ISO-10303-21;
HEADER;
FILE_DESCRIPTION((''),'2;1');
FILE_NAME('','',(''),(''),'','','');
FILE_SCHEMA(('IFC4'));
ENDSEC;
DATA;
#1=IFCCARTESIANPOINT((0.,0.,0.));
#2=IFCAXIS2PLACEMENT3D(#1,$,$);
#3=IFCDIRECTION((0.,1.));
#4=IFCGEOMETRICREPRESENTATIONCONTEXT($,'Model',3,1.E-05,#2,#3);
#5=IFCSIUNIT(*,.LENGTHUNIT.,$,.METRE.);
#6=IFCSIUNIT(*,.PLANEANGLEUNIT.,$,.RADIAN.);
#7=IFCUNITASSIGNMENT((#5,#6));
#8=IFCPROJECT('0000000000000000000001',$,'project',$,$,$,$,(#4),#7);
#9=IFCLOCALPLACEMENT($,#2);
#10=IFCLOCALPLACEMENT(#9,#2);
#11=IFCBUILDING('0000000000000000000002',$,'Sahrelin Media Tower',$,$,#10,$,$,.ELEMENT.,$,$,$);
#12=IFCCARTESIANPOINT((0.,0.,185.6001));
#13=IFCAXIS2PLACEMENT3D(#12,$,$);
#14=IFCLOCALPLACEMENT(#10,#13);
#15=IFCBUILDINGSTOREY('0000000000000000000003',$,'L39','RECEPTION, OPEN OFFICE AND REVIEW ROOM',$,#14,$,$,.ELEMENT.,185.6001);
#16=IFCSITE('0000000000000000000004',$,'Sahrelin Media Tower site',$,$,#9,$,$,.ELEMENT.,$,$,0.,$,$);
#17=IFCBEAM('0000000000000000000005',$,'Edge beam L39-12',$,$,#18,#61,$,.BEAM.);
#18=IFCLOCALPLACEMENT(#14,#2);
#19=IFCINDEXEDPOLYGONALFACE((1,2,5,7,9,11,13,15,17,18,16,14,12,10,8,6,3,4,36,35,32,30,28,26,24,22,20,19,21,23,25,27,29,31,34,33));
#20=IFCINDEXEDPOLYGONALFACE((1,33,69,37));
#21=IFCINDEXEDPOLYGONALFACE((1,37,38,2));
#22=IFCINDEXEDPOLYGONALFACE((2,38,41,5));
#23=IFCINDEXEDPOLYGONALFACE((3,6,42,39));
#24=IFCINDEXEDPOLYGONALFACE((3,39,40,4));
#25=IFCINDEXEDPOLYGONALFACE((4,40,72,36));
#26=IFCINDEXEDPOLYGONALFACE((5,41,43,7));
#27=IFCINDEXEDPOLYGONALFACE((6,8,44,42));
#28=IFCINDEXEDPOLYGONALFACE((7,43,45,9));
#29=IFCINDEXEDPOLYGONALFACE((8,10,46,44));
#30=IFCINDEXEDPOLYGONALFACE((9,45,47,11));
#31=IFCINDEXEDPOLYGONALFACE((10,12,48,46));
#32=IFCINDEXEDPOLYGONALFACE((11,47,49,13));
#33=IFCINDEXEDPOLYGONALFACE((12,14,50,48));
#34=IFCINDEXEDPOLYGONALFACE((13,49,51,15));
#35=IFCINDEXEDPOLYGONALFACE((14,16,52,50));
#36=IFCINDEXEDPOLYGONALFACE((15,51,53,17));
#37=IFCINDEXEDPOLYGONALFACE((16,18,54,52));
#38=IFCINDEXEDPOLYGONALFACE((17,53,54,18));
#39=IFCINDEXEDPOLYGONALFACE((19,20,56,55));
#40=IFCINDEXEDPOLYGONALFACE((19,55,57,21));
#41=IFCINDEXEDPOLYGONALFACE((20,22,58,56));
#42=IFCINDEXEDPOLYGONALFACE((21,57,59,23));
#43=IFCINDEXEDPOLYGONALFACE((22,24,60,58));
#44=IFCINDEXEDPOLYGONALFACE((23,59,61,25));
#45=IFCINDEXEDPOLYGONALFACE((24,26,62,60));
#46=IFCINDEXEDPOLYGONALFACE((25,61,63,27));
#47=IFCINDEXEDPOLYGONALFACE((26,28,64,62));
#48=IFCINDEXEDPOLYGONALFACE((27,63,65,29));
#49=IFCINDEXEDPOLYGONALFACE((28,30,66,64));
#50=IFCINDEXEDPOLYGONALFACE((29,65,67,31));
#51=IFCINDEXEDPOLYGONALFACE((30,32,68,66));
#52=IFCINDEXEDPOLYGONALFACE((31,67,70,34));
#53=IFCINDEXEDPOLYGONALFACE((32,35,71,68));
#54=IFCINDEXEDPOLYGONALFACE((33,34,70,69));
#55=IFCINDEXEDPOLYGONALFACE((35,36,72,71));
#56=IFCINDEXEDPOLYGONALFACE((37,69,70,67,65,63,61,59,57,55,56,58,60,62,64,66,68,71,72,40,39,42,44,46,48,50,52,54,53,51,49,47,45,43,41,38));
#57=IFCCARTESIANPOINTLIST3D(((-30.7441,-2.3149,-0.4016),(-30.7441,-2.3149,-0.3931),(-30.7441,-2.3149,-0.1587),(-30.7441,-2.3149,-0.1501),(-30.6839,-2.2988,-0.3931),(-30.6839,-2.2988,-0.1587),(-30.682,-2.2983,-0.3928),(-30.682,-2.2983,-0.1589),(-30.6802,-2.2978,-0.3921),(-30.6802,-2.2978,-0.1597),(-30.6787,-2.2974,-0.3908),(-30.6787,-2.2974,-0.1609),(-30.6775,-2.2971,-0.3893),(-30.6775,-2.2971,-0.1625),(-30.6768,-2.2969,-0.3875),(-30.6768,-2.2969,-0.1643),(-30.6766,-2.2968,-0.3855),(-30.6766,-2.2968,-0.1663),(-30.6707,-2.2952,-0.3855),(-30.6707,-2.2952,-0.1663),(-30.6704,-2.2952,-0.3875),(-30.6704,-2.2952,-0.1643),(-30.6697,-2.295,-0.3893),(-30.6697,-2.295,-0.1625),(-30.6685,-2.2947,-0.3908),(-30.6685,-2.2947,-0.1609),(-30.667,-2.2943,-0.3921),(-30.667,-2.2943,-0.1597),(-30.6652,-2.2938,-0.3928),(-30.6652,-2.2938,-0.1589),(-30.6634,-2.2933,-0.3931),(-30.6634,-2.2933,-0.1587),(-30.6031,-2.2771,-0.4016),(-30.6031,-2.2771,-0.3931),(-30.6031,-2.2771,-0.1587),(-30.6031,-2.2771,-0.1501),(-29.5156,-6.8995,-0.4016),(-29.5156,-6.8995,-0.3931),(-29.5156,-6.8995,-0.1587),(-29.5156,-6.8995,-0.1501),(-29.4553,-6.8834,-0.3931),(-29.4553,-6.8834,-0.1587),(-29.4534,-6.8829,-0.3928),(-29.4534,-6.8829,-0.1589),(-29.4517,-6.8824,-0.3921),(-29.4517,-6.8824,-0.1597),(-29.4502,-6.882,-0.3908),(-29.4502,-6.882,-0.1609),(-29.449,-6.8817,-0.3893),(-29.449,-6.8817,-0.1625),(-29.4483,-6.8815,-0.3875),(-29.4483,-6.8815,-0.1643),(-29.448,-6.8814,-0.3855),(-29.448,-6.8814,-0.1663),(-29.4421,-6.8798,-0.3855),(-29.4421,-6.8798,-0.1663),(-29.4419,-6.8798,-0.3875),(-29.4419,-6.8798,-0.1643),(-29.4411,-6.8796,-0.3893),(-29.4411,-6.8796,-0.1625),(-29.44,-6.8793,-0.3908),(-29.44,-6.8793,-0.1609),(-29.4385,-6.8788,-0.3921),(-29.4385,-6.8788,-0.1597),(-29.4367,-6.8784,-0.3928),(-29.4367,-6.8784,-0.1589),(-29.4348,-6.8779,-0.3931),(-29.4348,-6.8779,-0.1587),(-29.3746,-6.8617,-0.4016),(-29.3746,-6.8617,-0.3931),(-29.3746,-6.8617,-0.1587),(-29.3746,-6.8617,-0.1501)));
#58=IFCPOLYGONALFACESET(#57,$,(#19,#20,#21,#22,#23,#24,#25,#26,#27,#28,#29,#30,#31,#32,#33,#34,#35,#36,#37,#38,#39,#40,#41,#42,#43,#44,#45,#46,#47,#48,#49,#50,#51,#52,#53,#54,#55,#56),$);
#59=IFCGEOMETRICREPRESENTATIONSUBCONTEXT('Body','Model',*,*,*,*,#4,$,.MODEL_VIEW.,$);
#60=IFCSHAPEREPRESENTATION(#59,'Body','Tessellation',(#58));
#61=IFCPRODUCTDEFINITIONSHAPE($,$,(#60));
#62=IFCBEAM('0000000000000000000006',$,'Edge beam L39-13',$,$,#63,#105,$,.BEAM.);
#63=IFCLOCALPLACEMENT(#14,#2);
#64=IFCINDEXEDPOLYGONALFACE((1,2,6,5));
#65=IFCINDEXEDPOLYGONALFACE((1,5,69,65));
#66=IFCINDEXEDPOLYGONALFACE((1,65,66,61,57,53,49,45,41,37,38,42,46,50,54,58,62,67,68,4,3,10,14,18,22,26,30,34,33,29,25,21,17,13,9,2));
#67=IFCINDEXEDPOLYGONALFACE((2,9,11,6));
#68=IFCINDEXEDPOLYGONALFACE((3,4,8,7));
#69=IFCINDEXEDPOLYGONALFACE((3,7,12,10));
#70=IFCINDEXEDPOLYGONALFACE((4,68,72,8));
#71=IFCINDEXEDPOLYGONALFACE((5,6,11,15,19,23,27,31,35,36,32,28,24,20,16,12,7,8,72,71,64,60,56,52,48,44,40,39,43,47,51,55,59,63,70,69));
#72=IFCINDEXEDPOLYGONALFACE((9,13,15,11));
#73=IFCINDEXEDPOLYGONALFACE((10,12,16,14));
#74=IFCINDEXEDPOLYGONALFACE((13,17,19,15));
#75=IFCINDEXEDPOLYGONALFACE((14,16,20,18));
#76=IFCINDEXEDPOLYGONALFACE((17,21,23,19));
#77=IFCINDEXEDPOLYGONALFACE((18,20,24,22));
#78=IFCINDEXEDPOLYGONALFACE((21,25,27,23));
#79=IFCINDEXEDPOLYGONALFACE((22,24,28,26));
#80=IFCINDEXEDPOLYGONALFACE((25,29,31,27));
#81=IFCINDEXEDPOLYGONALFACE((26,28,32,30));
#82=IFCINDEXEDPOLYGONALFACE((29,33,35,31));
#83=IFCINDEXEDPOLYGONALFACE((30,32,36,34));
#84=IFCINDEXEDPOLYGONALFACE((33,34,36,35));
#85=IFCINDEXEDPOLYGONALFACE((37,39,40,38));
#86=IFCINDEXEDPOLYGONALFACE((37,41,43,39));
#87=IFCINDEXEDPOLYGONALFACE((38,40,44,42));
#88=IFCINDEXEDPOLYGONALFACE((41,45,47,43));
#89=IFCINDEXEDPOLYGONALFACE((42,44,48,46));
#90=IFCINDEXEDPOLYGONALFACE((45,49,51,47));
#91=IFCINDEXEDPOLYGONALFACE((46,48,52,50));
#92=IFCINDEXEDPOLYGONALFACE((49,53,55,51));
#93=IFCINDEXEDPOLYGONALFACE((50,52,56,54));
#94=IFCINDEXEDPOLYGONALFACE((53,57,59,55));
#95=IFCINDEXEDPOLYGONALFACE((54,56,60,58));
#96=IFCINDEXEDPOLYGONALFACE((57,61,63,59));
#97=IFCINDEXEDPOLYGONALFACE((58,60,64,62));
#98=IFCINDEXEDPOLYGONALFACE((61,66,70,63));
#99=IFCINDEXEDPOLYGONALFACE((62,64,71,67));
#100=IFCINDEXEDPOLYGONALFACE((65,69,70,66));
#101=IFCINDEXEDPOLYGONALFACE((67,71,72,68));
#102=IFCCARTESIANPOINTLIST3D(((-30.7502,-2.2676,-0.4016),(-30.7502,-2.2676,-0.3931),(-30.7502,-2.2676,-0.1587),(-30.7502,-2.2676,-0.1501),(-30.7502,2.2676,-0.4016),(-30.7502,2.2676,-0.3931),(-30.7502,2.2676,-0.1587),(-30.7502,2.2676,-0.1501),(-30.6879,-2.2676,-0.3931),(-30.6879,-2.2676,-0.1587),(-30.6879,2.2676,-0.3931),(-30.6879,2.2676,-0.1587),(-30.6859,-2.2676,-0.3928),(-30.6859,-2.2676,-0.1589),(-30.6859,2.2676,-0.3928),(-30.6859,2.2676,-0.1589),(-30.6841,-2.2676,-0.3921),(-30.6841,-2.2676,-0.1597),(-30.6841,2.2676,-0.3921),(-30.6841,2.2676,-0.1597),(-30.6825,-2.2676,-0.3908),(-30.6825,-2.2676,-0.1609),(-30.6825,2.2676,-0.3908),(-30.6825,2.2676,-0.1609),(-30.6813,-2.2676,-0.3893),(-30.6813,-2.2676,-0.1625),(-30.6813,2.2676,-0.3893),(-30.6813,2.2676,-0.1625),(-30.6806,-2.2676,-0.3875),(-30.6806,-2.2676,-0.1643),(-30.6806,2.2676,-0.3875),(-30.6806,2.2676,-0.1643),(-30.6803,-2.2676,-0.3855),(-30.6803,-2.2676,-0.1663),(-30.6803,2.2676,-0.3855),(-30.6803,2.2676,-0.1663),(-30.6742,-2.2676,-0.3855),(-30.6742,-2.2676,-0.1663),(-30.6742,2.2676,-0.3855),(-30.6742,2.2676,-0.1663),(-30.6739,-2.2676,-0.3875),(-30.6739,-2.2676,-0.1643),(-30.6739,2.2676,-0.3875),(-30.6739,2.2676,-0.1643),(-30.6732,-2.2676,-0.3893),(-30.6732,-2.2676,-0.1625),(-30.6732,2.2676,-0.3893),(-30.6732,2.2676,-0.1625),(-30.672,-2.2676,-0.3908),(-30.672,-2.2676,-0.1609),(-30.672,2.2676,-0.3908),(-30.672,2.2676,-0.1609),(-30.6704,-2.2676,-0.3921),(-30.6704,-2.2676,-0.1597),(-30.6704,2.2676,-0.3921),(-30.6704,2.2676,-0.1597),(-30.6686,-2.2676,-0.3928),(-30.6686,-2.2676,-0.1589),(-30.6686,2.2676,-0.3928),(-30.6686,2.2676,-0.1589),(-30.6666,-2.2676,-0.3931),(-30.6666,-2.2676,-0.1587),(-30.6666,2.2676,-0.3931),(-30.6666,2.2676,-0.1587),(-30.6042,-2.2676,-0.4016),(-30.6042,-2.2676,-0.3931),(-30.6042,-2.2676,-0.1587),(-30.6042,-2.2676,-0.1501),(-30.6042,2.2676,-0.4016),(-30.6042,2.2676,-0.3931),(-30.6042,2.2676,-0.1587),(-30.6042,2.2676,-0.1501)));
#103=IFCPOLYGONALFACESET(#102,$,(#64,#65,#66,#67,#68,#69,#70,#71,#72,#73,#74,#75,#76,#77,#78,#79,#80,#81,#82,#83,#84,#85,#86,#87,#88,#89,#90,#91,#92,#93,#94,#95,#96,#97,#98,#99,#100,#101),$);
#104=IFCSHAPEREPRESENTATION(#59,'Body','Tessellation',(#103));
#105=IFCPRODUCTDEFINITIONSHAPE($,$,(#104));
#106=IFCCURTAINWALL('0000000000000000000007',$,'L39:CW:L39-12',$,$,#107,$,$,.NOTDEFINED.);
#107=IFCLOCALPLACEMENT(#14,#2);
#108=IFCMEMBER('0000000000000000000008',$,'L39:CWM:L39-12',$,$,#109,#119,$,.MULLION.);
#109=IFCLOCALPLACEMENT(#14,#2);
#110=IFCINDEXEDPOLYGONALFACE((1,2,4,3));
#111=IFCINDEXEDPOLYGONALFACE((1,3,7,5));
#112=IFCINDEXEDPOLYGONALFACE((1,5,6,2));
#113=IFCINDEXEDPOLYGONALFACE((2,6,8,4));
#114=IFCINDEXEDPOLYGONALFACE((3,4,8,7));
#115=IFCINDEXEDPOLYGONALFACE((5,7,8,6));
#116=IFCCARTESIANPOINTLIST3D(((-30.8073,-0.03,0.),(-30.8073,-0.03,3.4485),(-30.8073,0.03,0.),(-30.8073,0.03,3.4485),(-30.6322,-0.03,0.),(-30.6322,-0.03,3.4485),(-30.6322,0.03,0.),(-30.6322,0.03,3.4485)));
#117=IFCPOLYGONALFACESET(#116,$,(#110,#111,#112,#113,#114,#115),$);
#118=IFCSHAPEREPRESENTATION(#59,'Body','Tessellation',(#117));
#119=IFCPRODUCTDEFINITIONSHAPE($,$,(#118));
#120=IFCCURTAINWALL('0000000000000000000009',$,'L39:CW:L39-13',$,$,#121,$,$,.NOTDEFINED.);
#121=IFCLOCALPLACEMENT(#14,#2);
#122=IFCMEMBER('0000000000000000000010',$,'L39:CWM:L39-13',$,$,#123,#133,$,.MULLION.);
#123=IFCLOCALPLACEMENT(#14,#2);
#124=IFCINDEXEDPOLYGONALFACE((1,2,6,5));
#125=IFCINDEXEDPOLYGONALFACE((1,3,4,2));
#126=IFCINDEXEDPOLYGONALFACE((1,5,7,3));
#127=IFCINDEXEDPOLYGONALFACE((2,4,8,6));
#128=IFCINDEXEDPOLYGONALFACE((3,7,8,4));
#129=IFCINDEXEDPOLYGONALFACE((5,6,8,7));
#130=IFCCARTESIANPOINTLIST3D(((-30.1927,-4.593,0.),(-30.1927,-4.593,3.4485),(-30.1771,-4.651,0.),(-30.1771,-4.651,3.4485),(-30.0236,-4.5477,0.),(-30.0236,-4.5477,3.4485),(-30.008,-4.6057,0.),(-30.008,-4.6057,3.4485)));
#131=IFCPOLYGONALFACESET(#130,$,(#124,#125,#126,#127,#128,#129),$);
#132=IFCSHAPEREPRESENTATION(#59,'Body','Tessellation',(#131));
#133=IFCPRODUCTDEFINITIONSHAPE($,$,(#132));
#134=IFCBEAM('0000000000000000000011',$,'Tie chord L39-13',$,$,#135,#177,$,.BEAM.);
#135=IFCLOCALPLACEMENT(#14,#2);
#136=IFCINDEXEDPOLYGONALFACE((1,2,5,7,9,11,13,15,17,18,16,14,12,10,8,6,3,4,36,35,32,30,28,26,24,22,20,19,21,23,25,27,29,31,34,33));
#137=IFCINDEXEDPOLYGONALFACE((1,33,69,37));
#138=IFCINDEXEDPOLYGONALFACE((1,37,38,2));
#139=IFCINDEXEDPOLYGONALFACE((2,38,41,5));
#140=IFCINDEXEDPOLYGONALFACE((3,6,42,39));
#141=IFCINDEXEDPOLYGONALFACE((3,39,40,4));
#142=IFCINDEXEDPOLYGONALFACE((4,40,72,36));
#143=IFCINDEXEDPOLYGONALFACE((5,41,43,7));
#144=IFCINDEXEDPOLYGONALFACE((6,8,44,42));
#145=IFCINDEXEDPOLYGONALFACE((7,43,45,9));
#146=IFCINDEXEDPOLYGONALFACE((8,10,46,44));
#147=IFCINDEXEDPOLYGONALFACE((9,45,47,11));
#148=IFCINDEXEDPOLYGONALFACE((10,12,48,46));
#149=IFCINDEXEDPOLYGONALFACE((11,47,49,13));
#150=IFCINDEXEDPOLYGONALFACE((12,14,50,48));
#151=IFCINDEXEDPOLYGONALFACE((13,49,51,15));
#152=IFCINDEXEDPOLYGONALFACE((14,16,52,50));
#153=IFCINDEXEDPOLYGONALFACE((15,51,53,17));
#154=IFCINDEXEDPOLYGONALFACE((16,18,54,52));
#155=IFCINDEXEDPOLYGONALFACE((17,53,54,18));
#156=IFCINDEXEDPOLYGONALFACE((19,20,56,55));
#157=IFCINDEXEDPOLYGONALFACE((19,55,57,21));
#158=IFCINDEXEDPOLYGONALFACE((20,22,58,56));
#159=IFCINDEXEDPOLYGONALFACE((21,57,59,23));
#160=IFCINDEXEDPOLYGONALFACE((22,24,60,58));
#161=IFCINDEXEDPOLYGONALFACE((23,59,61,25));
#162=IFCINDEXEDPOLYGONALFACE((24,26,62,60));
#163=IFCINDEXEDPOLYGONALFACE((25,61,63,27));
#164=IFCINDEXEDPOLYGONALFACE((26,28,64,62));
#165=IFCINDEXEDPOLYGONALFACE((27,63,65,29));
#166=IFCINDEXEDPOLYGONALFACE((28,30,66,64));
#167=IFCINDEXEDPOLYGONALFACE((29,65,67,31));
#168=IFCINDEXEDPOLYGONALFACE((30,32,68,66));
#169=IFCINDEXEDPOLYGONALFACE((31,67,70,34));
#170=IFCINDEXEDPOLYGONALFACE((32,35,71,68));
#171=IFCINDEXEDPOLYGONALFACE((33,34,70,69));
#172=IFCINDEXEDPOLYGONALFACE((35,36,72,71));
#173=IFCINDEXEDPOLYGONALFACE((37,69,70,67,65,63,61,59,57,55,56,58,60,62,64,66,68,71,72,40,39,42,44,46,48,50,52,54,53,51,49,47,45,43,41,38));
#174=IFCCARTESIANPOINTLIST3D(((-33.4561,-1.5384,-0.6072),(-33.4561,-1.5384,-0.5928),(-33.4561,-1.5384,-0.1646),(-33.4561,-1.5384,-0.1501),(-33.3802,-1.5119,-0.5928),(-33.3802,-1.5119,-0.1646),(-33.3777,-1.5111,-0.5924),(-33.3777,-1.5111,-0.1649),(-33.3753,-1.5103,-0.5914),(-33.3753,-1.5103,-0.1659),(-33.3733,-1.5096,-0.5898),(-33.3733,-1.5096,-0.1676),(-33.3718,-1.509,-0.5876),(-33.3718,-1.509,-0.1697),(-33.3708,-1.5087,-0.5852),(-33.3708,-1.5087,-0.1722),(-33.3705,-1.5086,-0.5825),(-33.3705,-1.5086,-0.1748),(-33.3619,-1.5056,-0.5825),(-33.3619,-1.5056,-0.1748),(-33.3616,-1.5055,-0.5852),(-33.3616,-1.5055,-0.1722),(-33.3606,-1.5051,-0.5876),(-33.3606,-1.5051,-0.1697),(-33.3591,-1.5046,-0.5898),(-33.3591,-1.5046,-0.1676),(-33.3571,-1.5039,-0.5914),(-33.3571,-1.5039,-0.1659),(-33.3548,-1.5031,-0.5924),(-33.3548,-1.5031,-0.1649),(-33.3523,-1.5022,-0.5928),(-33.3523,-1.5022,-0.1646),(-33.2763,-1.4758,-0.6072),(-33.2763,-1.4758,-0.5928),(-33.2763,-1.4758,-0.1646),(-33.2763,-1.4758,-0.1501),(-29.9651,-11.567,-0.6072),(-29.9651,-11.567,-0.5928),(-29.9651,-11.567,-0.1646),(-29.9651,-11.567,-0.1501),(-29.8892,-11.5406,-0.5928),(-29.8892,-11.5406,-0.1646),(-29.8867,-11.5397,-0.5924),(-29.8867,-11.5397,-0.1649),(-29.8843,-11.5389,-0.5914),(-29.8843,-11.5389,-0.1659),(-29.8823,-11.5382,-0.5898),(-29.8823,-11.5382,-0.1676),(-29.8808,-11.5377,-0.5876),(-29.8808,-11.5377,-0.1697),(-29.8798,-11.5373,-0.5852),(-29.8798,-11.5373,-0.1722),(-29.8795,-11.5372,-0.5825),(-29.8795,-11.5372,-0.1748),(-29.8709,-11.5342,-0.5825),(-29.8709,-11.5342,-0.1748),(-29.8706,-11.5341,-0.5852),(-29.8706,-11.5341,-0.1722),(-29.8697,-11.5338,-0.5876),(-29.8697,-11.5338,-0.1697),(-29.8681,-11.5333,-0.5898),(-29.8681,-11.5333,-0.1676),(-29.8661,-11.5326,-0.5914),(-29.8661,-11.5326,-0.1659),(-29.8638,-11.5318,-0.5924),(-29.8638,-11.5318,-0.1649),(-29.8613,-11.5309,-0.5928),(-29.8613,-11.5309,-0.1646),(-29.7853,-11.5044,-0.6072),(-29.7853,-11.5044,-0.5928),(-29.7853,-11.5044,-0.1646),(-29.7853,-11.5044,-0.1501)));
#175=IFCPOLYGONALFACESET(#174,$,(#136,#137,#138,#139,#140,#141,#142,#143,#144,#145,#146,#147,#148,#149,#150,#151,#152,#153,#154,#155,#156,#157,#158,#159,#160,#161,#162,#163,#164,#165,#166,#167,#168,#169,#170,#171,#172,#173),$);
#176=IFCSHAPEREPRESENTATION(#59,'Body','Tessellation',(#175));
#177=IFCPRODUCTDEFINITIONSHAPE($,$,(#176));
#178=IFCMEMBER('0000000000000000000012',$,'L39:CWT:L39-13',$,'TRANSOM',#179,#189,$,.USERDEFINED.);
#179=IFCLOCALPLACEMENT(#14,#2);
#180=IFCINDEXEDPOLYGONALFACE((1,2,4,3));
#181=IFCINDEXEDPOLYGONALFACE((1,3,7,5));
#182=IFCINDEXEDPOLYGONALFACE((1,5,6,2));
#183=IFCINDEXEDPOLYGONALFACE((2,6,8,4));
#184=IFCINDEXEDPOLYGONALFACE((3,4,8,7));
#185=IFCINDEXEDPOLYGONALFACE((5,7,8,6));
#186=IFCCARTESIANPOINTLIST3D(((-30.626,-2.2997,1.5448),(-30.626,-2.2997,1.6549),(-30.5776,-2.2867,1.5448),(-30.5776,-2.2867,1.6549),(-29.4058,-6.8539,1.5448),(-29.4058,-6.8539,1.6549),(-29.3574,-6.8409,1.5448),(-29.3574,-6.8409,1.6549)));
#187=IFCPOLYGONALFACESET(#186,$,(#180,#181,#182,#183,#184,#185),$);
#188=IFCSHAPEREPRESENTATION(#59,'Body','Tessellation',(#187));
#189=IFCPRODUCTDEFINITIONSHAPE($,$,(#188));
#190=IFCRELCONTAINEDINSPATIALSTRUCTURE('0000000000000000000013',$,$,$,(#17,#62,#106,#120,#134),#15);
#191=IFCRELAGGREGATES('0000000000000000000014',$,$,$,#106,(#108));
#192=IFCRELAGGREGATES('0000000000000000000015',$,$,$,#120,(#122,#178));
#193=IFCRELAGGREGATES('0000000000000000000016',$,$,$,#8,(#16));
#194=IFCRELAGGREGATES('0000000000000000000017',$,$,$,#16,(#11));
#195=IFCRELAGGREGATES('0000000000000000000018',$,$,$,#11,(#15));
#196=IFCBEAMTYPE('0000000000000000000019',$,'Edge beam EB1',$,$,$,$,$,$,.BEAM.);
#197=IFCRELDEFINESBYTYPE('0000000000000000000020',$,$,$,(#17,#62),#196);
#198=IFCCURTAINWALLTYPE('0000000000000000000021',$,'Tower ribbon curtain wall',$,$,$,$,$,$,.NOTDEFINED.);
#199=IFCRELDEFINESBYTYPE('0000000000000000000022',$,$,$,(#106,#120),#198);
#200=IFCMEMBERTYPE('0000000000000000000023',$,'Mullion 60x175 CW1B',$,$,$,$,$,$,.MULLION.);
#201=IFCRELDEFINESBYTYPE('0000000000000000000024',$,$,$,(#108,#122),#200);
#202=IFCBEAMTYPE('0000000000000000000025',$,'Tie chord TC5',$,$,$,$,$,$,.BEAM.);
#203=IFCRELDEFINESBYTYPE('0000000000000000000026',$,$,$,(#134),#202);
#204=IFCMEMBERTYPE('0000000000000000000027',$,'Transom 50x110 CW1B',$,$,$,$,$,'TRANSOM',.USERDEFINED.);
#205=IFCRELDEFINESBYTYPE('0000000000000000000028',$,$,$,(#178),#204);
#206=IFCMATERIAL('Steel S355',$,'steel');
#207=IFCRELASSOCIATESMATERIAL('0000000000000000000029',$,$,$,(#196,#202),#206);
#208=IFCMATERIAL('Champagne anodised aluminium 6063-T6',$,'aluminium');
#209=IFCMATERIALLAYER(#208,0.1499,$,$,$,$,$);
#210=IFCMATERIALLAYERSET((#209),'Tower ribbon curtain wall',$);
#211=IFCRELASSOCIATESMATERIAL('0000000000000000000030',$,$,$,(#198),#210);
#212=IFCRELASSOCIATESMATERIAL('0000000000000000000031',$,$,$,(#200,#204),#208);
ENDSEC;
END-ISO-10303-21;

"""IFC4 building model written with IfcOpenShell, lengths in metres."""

from ifc_helpers import new_model, si_unit, direction, frame, origin, origin_2d, place, context, subcontext, project, spatial, rectangle, i_section, extrude, material, layer, layer_set, material_profile, profile_set, type_object, element, aggregate, save


model = new_model("IFC4")

# Units and contexts
model_context = context("Model", 3, precision=1e-05, world=origin(), true_north=direction((0.0, 1.0)))
body_context = subcontext(model_context, "Body", "Model", "MODEL_VIEW")
ifc_project = project(units=[si_unit("LENGTHUNIT", "METRE"), si_unit("PLANEANGLEUNIT", "RADIAN")], contexts=[model_context])

# Site, building, storey
site_placement = place(None, origin())
site = spatial("IfcSite", under=ifc_project, at=site_placement, Name="Sahrelin Media Tower site", CompositionType="ELEMENT", RefElevation=0.0)
building_placement = place(site_placement, origin())
building = spatial("IfcBuilding", under=site, at=building_placement, Name="Sahrelin Media Tower", CompositionType="ELEMENT")
storey_placement = place(building_placement, frame((0.0, 0.0, 185.6001)))
storey = spatial("IfcBuildingStorey", under=building, at=storey_placement, Name="L39", Description="RECEPTION, OPEN OFFICE AND REVIEW ROOM", CompositionType="ELEMENT", Elevation=185.6001)

# Beams
ifc_material_1 = material(Name="Steel S355", Category="steel")
ifc_material_profile_1 = material_profile(ifc_material_1, i_section(OverallWidth=0.146, OverallDepth=0.2515, WebThickness=0.0061, FlangeThickness=0.0085, FilletRadius=0.0076, at=origin_2d()), Name="UB 254x146x31")
ifc_profile_set_1 = profile_set([ifc_material_profile_1], Name="Steel S355")
beam_type_1 = type_object("IfcBeamType", Name="Edge beam EB1", PredefinedType="BEAM", material=ifc_profile_set_1)
beam_1_placement = place(storey_placement, frame((-29.4451, -6.8806, -0.2759), z_axis=(-0.258841, 0.96592, 0.0), x_axis=(-0.96592, -0.258841, 0.0)))
element("IfcBeam", 1, at=beam_1_placement, inside=storey, type_object=beam_type_1, Name="Edge beam L39-12", PredefinedType="BEAM", context=body_context, shape_type="SweptSolid", body=[
    extrude(i_section(OverallWidth=0.146, OverallDepth=0.2515, WebThickness=0.0061, FlangeThickness=0.0085, FilletRadius=0.0076, at=origin_2d()), origin(), (0.0, 0.0, 1.0), 4.7463),
])
beam_2_placement = place(storey_placement, frame((-30.6772, -2.2676, -0.2759), z_axis=(0.0, 1.0, 0.0), x_axis=(-1.0, 0.0, 0.0)))
element("IfcBeam", 2, at=beam_2_placement, inside=storey, type_object=beam_type_1, Name="Edge beam L39-13", PredefinedType="BEAM", context=body_context, shape_type="SweptSolid", body=[
    extrude(i_section(OverallWidth=0.146, OverallDepth=0.2515, WebThickness=0.0061, FlangeThickness=0.0085, FilletRadius=0.0076, at=origin_2d()), origin(), (0.0, 0.0, 1.0), 4.5352),
])

# Curtain walls, members
ifc_material_2 = material(Name="Champagne anodised aluminium 6063-T6", Category="aluminium")
ifc_layer_1 = layer(ifc_material_2, 0.1499)
ifc_layer_set_1 = layer_set([ifc_layer_1], Name="Tower ribbon curtain wall")
curtain_wall_type = type_object("IfcCurtainWallType", Name="Tower ribbon curtain wall", PredefinedType="NOTDEFINED", material=ifc_layer_set_1)
curtain_wall_1_placement = place(storey_placement, frame((-30.8274, 0.0, 0.0), z_axis=(0.0, 0.0, 1.0), x_axis=(1.0, 0.0, 0.0)))
curtain_wall_1 = element("IfcCurtainWall", 3, at=curtain_wall_1_placement, inside=storey, type_object=curtain_wall_type, Name="L39:CW:L39-12", PredefinedType="NOTDEFINED")
ifc_material_profile_2 = material_profile(ifc_material_2, rectangle(XDim=0.0601, YDim=0.175, at=origin_2d()), Name="Mullion 60x175")
ifc_profile_set_2 = profile_set([ifc_material_profile_2], Name="Champagne anodised aluminium 6063-T6")
member_type_1 = type_object("IfcMemberType", Name="Mullion 60x175 CW1B", PredefinedType="MULLION", material=ifc_profile_set_2)
member_1_placement = place(storey_placement, frame((-30.7197, 0.0, 0.0), z_axis=(0.0, 0.0, 1.0), x_axis=(0.0, -1.0, 0.0)))
member_1 = element("IfcMember", 4, at=member_1_placement, type_object=member_type_1, Name="L39:CWM:L39-12", PredefinedType="MULLION", context=body_context, shape_type="SweptSolid", body=[
    extrude(rectangle(XDim=0.0601, YDim=0.175, at=origin_2d()), origin(), (0.0, 0.0, 1.0), 3.4485),
])
aggregate(curtain_wall_1, [member_1])
curtain_wall_2_placement = place(storey_placement, frame((-30.2041, -4.6272, 0.0), z_axis=(0.0, 0.0, 1.0), x_axis=(1.0, 0.0, 0.0)))
curtain_wall_2 = element("IfcCurtainWall", 5, at=curtain_wall_2_placement, inside=storey, type_object=curtain_wall_type, Name="L39:CW:L39-13", PredefinedType="NOTDEFINED")
member_2_placement = place(storey_placement, frame((-30.1003, -4.5994, 0.0), z_axis=(0.0, 0.0, 1.0), x_axis=(0.258829, -0.965923, 0.0)))
member_2 = element("IfcMember", 6, at=member_2_placement, type_object=member_type_1, Name="L39:CWM:L39-13", PredefinedType="MULLION", context=body_context, shape_type="SweptSolid", body=[
    extrude(rectangle(XDim=0.0601, YDim=0.175, at=origin_2d()), origin(), (0.0, 0.0, 1.0), 3.4485),
])

# Beam
ifc_material_profile_3 = material_profile(ifc_material_1, i_section(OverallWidth=0.1904, OverallDepth=0.457, WebThickness=0.009, FlangeThickness=0.0144, FilletRadius=0.0103, at=origin_2d()), Name="UB 457x191x74")
ifc_profile_set_3 = profile_set([ifc_material_profile_3], Name="Steel S355")
beam_type_2 = type_object("IfcBeamType", Name="Tie chord TC5", PredefinedType="BEAM", material=ifc_profile_set_3)
beam_3_placement = place(storey_placement, frame((-33.3662, -1.5071, -0.3787), z_axis=(0.328753, -0.944416, 0.0), x_axis=(0.944416, 0.328753, 0.0)))
element("IfcBeam", 7, at=beam_3_placement, inside=storey, type_object=beam_type_2, Name="Tie chord L39-13", PredefinedType="BEAM", context=body_context, shape_type="SweptSolid", body=[
    extrude(i_section(OverallWidth=0.1904, OverallDepth=0.457, WebThickness=0.009, FlangeThickness=0.0144, FilletRadius=0.0103, at=origin_2d()), origin(), (0.0, 0.0, 1.0), 10.6189),
])

# Member
ifc_material_profile_4 = material_profile(ifc_material_2, rectangle(XDim=0.05, YDim=0.1101, at=origin_2d()), Name="Transom 50x110")
ifc_profile_set_4 = profile_set([ifc_material_profile_4], Name="Champagne anodised aluminium 6063-T6")
member_type_2 = type_object("IfcMemberType", Name="Transom 50x110 CW1B", ElementType="TRANSOM", PredefinedType="USERDEFINED", material=ifc_profile_set_4)
member_3_placement = place(storey_placement, frame((-30.6018, -2.2932, 1.5999), z_axis=(0.258803, -0.96593, 0.0), x_axis=(0.96593, 0.258803, 0.0)))
member_3 = element("IfcMember", 8, at=member_3_placement, type_object=member_type_2, Name="L39:CWT:L39-13", ObjectType="TRANSOM", PredefinedType="USERDEFINED", context=body_context, shape_type="SweptSolid", body=[
    extrude(rectangle(XDim=0.05, YDim=0.1101, at=origin_2d()), origin(), (0.0, 0.0, 1.0), 4.7148),
])

aggregate(curtain_wall_2, [member_2, member_3])

save(model, "model.ifc")
